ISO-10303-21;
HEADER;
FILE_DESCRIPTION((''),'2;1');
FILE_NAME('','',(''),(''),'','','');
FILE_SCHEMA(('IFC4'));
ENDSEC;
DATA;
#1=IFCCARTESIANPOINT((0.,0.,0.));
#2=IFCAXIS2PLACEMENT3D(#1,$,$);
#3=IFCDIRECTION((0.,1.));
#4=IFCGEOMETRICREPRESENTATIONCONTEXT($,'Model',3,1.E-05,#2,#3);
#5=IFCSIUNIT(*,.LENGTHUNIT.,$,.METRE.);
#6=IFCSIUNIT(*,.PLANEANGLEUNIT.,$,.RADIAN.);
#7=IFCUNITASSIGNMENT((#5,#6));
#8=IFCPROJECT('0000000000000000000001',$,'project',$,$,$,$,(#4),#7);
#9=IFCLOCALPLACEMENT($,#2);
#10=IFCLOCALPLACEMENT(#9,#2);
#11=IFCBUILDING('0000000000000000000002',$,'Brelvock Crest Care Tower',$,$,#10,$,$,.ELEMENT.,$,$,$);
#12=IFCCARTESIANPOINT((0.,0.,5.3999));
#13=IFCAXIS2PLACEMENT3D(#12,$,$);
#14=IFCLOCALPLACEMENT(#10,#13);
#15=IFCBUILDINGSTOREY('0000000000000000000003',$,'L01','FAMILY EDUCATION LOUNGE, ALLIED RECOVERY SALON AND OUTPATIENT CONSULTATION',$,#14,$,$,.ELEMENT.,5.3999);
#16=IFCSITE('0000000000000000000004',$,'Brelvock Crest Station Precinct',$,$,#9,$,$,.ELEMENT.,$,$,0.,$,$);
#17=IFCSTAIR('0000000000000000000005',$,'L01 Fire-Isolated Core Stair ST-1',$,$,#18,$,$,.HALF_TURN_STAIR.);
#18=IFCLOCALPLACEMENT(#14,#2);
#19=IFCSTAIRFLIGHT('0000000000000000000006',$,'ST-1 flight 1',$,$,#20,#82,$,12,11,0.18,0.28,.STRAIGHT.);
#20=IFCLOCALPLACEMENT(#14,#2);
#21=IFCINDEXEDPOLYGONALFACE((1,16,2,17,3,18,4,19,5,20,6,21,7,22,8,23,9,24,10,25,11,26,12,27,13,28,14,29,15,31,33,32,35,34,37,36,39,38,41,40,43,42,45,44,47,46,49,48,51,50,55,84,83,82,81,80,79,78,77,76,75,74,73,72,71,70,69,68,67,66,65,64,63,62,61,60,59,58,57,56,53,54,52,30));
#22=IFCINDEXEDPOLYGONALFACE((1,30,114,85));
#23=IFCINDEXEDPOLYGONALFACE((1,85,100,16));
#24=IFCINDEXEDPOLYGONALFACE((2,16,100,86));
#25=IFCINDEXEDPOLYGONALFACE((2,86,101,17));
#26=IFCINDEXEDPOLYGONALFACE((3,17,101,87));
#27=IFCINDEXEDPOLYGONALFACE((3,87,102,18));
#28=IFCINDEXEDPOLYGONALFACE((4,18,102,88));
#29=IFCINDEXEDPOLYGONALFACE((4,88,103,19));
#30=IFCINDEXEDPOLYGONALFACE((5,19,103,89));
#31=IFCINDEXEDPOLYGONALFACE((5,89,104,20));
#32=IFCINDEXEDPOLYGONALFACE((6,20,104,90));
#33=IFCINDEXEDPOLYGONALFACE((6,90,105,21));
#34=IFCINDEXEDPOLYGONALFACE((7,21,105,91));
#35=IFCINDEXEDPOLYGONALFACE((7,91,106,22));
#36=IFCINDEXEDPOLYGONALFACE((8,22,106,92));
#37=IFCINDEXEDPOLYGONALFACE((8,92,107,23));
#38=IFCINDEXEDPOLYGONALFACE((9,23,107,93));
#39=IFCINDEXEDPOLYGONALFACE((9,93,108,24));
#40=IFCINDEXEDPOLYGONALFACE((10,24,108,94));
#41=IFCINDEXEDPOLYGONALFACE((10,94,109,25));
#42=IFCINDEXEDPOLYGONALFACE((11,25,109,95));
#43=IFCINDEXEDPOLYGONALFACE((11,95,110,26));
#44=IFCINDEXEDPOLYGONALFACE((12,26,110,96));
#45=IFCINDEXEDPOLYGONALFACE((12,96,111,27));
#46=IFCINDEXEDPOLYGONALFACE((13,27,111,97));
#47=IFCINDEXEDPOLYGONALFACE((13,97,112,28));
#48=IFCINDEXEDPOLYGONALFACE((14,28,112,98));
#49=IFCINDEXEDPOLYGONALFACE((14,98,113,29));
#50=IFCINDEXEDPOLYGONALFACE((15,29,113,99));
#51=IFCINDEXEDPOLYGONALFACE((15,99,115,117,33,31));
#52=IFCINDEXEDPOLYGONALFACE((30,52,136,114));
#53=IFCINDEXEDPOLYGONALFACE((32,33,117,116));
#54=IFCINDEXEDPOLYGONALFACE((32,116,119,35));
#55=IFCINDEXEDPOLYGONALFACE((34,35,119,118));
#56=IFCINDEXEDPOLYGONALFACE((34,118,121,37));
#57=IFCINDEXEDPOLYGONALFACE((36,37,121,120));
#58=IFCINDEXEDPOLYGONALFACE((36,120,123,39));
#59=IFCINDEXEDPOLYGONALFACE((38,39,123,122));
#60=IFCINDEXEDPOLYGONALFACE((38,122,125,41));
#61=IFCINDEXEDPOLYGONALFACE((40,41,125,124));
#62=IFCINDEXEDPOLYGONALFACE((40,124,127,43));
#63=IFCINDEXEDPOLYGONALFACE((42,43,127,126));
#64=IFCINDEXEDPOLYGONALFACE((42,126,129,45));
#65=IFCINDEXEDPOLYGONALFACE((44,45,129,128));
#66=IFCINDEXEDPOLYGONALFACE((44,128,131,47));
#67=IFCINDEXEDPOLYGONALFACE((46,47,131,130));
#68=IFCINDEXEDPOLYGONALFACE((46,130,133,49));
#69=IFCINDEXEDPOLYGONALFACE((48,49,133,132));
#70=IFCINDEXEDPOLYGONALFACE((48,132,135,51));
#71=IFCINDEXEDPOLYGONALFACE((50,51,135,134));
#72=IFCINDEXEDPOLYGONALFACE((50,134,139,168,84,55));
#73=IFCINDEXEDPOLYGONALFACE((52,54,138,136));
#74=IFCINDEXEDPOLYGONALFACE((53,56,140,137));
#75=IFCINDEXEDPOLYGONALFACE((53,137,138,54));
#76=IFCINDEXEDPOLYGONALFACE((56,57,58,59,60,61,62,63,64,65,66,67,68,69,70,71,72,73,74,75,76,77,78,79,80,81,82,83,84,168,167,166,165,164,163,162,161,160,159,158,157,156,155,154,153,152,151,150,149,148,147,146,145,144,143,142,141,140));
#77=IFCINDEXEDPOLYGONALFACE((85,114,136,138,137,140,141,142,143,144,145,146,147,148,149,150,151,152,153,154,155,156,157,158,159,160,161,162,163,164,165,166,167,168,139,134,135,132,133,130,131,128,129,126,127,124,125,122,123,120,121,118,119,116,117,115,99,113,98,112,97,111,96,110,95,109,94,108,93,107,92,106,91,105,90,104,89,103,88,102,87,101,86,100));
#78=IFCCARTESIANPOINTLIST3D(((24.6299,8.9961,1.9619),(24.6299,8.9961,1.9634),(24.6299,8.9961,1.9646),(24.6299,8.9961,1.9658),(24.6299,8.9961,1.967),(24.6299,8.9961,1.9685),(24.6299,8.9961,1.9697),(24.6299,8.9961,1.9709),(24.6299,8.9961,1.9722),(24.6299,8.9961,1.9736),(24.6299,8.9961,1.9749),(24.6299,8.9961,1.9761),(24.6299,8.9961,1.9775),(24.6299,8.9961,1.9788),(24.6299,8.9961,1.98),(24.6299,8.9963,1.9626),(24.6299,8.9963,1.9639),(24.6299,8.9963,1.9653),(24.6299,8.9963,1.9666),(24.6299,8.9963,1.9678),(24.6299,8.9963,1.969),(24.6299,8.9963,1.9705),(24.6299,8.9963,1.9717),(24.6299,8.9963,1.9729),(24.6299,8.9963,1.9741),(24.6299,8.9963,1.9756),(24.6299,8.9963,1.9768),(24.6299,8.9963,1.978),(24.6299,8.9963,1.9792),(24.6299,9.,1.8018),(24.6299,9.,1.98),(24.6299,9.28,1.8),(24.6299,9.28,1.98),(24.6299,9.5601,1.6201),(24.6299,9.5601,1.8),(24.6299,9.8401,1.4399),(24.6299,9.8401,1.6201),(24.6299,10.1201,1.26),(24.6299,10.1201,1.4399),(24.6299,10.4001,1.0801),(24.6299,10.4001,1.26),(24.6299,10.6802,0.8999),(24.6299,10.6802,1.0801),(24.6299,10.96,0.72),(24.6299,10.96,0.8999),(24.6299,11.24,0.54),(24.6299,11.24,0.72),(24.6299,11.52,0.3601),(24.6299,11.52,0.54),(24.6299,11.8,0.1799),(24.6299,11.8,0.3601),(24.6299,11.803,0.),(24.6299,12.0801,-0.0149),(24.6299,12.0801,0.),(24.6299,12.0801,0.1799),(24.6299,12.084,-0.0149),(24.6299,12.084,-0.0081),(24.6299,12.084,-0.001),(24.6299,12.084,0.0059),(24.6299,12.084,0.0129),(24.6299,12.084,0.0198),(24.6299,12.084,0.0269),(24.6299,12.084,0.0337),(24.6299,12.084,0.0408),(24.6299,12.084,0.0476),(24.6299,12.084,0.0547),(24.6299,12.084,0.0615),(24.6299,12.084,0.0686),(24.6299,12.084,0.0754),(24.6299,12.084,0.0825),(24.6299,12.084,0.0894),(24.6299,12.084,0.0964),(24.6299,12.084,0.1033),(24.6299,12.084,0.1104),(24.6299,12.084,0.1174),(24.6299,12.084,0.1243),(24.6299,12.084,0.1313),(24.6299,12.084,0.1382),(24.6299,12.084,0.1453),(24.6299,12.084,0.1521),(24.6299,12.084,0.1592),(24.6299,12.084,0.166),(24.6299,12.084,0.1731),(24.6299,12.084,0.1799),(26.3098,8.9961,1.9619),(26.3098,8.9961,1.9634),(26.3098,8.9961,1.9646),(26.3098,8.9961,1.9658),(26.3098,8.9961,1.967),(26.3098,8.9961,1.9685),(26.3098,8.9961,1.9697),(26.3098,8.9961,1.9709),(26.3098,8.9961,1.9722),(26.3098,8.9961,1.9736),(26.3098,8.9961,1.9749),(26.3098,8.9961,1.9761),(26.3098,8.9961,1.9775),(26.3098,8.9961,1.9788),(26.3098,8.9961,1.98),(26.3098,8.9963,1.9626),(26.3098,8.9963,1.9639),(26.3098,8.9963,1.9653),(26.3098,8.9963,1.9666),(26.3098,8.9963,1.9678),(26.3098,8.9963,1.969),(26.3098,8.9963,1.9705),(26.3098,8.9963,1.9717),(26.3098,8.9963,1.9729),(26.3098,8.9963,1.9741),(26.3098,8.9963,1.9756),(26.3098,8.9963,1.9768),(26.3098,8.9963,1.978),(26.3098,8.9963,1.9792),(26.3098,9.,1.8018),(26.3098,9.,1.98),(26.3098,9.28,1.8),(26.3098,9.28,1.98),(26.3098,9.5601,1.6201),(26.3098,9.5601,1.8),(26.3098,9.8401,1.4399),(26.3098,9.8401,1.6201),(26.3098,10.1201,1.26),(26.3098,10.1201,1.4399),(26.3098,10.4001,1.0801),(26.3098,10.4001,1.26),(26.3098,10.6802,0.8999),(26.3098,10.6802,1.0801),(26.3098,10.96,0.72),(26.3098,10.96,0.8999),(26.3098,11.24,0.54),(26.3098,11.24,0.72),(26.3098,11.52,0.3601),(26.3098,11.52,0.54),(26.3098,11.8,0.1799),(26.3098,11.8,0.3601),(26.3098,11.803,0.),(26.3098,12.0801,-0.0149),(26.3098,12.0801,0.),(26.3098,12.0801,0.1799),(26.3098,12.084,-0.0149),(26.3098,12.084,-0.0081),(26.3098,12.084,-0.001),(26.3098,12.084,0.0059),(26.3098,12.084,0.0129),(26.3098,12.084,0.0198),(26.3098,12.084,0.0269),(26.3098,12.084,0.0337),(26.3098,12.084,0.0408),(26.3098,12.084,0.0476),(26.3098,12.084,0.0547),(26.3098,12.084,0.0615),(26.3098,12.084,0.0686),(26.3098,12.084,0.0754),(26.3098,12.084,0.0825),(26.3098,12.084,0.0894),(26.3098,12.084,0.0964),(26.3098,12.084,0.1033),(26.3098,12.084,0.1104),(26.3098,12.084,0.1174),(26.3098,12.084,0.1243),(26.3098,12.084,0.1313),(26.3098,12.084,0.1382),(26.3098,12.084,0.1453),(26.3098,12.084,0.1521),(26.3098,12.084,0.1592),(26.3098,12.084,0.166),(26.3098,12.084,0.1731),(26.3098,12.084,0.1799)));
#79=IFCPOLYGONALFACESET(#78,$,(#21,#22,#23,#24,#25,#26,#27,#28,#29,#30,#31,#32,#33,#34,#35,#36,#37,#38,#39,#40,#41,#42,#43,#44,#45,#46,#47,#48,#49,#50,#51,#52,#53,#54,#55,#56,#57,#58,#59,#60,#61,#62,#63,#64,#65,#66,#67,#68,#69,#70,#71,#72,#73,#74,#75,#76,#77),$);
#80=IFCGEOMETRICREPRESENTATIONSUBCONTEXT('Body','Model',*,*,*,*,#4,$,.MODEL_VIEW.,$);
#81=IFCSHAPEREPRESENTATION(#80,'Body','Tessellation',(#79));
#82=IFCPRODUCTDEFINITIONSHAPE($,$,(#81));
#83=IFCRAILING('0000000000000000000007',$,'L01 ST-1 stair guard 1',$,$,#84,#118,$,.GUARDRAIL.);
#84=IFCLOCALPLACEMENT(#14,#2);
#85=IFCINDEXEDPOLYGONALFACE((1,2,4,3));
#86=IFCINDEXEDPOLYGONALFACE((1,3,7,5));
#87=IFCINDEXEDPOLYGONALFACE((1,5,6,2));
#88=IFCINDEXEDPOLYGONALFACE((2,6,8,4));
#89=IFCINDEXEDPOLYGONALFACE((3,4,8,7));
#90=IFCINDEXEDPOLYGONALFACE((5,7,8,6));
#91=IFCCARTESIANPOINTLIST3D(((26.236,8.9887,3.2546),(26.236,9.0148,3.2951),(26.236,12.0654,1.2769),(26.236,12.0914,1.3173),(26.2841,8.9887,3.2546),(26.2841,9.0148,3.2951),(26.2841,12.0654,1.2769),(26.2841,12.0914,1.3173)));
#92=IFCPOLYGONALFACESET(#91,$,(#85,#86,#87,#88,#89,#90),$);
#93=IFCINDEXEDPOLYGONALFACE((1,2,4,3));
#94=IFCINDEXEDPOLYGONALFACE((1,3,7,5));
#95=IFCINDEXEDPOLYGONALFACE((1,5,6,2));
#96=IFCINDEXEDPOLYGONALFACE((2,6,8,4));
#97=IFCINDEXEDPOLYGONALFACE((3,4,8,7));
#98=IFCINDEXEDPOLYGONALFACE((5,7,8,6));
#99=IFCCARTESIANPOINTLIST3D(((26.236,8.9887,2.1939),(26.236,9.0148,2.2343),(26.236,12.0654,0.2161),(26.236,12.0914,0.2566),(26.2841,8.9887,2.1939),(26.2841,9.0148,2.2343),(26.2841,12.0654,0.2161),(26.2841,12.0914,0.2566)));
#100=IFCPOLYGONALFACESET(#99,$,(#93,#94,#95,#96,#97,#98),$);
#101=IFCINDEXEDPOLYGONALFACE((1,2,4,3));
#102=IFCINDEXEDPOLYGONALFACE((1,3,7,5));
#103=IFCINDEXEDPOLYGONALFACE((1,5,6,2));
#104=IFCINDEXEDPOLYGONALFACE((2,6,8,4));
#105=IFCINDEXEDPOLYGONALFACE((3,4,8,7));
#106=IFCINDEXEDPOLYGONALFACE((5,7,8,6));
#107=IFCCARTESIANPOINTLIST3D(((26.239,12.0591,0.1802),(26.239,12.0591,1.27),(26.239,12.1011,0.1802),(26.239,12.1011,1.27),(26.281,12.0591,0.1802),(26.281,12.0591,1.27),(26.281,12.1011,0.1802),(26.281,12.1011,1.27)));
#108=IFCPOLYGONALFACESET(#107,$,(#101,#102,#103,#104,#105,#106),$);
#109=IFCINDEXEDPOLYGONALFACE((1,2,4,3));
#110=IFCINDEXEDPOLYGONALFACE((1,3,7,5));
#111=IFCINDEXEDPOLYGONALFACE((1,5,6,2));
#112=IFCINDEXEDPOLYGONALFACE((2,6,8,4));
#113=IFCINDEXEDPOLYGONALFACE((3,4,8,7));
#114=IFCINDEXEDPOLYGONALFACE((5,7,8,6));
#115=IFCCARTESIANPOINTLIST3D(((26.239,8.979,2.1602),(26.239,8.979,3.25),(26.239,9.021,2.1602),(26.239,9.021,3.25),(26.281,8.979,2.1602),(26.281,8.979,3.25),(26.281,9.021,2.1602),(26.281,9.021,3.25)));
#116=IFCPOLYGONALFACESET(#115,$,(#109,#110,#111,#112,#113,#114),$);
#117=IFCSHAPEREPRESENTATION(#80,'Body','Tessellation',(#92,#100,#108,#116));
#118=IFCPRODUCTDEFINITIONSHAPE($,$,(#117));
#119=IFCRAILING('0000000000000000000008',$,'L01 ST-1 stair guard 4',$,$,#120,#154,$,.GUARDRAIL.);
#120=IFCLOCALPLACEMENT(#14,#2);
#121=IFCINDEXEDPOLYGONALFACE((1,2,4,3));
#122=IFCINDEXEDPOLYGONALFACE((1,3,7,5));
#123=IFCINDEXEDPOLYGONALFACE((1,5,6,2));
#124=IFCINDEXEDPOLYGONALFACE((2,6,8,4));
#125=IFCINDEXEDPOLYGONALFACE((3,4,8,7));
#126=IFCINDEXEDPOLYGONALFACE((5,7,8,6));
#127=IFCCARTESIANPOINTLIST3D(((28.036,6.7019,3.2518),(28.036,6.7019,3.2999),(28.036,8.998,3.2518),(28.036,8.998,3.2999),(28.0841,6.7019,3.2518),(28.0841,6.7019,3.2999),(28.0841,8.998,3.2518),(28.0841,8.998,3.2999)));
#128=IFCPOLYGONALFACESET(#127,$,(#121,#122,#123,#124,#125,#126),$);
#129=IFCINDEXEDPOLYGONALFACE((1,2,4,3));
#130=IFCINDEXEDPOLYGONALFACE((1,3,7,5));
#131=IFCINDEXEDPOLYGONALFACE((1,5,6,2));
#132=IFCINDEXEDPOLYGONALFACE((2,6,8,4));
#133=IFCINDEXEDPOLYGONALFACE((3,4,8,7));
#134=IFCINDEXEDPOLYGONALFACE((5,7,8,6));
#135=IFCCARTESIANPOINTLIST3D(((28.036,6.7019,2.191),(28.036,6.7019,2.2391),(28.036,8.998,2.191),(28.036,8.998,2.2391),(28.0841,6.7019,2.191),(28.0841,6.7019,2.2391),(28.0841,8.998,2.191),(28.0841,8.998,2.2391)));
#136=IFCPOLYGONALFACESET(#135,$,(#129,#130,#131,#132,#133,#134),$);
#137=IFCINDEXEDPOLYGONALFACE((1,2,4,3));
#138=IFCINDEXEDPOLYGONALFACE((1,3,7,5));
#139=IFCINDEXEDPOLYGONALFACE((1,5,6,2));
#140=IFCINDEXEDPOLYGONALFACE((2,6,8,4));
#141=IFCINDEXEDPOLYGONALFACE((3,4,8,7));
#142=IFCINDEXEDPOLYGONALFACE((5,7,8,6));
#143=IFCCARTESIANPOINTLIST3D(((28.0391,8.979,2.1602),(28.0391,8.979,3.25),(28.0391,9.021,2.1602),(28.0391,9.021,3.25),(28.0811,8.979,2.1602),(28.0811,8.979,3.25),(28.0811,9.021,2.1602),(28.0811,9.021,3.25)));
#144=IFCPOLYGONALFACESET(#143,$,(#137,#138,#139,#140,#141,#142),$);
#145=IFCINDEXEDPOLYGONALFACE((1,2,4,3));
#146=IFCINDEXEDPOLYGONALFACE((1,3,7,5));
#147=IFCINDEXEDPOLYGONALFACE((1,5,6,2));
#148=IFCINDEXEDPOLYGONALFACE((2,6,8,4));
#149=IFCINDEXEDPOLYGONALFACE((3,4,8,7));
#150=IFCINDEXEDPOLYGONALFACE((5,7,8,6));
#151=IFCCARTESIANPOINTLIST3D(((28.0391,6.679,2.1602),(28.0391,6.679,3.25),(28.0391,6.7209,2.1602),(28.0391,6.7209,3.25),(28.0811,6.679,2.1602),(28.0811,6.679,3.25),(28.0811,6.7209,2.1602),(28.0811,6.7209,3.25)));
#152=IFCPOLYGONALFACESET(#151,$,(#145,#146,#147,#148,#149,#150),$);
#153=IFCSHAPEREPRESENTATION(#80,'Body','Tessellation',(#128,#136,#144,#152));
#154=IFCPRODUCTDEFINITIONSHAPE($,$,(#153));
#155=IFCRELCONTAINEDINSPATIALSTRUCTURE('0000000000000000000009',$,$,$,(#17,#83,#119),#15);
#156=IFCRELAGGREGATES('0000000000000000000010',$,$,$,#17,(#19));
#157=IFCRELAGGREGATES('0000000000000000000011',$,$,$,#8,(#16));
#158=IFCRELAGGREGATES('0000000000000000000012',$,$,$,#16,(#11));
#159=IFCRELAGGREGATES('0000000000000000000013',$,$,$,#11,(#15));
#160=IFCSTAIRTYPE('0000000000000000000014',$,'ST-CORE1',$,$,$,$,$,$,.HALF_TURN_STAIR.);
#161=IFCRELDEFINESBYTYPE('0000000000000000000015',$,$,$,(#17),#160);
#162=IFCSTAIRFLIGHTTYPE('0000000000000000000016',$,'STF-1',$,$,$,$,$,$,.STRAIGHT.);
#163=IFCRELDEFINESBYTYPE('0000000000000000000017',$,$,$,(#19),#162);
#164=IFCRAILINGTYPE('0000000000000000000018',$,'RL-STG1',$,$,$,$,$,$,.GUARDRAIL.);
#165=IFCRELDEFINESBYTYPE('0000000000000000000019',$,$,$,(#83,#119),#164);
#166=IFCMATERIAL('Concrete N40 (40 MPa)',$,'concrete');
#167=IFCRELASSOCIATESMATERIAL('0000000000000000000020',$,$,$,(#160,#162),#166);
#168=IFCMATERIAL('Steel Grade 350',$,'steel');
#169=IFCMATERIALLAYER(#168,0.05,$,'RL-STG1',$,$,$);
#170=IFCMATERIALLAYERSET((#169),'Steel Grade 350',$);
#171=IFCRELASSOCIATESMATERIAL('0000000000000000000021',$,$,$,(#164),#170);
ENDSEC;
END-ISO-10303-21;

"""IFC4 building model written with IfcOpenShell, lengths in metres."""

from ifc_helpers import new_model, si_unit, direction, frame, origin, origin_2d, place, context, subcontext, project, spatial, polyline, rectangle, outline, extrude, material, layer, layer_set, type_object, element, aggregate, save


model = new_model("IFC4")

# Units and contexts
model_context = context("Model", 3, precision=1e-05, world=origin(), true_north=direction((0.0, 1.0)))
body_context = subcontext(model_context, "Body", "Model", "MODEL_VIEW")
ifc_project = project(units=[si_unit("LENGTHUNIT", "METRE"), si_unit("PLANEANGLEUNIT", "RADIAN")], contexts=[model_context])

# Site, building, storey
site_placement = place(None, origin())
site = spatial("IfcSite", under=ifc_project, at=site_placement, Name="Brelvock Crest Station Precinct", CompositionType="ELEMENT", RefElevation=0.0)
building_placement = place(site_placement, origin())
building = spatial("IfcBuilding", under=site, at=building_placement, Name="Brelvock Crest Care Tower", CompositionType="ELEMENT")
storey_placement = place(building_placement, frame((0.0, 0.0, 5.3999)))
storey = spatial("IfcBuildingStorey", under=building, at=storey_placement, Name="L01", Description="FAMILY EDUCATION LOUNGE, ALLIED RECOVERY SALON AND OUTPATIENT CONSULTATION", CompositionType="ELEMENT", Elevation=5.3999)

# Shared definitions
ifc_material_1 = material(Name="Steel Grade 350", Category="steel")

# Stair, stair flight
ifc_material_2 = material(Name="Concrete N40 (40 MPa)", Category="concrete")
stair_type = type_object("IfcStairType", Name="ST-CORE1", PredefinedType="HALF_TURN_STAIR", material=ifc_material_2)
stair_placement = place(storey_placement, origin())
stair = element("IfcStair", 1, at=stair_placement, inside=storey, type_object=stair_type, Name="L01 Fire-Isolated Core Stair ST-1", PredefinedType="HALF_TURN_STAIR")
stair_flight_type = type_object("IfcStairFlightType", Name="STF-1", PredefinedType="STRAIGHT", material=ifc_material_2)
stair_flight_placement = place(storey_placement, frame((25.47, 12.0801, 0.0), z_axis=(0.0, 0.0, 1.0), x_axis=(0.0, -1.0, 0.0)))
stair_flight = element("IfcStairFlight", 2, at=stair_flight_placement, type_object=stair_flight_type, Name="ST-1 flight 1", NumberOfRisers=12, NumberOfTreads=11, PredefinedType="STRAIGHT", RiserHeight=0.18, TreadLength=0.28, context=body_context, shape_type="SweptSolid", body=[
    extrude(outline(polyline([(-0.0039, -0.0149), (-0.0039, -0.0081), (-0.0039, -0.001), (-0.0039, 0.0059), (-0.0039, 0.0129), (-0.0039, 0.0198), (-0.0039, 0.0269), (-0.0039, 0.0337), (-0.0039, 0.0408), (-0.0039, 0.0476), (-0.0039, 0.0547), (-0.0039, 0.0615), (-0.0039, 0.0686), (-0.0039, 0.0754), (-0.0039, 0.0825), (-0.0039, 0.0894), (-0.0039, 0.0964), (-0.0039, 0.1033), (-0.0039, 0.1104), (-0.0039, 0.1174), (-0.0039, 0.1243), (-0.0039, 0.1313), (-0.0039, 0.1382), (-0.0039, 0.1453), (-0.0039, 0.1521), (-0.0039, 0.1592), (-0.0039, 0.166), (-0.0039, 0.1731), (-0.0039, 0.1799), (0.0, 0.1799), (0.28, 0.1799), (0.28, 0.3601), (0.5601, 0.3601), (0.5601, 0.54), (0.8401, 0.54), (0.8401, 0.72), (1.1201, 0.72), (1.1201, 0.8999), (1.3999, 0.8999), (1.3999, 1.0801), (1.6799, 1.0801), (1.6799, 1.26), (1.96, 1.26), (1.96, 1.4399), (2.24, 1.4399), (2.24, 1.6201), (2.52, 1.6201), (2.52, 1.8), (2.8, 1.8), (2.8, 1.98), (3.0801, 1.98), (3.084, 1.98), (3.0837, 1.9792), (3.084, 1.9788), (3.0837, 1.978), (3.084, 1.9775), (3.0837, 1.9768), (3.084, 1.9761), (3.0837, 1.9756), (3.084, 1.9749), (3.0837, 1.9741), (3.084, 1.9736), (3.0837, 1.9729), (3.084, 1.9722), (3.0837, 1.9717), (3.084, 1.9709), (3.0837, 1.9705), (3.084, 1.9697), (3.0837, 1.969), (3.084, 1.9685), (3.0837, 1.9678), (3.084, 1.967), (3.0837, 1.9666), (3.084, 1.9658), (3.0837, 1.9653), (3.084, 1.9646), (3.0837, 1.9639), (3.084, 1.9634), (3.0837, 1.9626), (3.084, 1.9619), (3.0801, 1.8018), (0.2771, 0.0), (0.0, 0.0), (0.0, -0.0149), (-0.0039, -0.0149)])), frame((0.0, 0.8398, 0.0), z_axis=(0.0, -1.0, 0.0), x_axis=(1.0, 0.0, 0.0)), (0.0, 0.0, 1.0), 1.6799),
])
aggregate(stair, [stair_flight])

# Railings
ifc_layer_1 = layer(ifc_material_1, 0.05, Name="RL-STG1")
ifc_layer_set_1 = layer_set([ifc_layer_1], Name="Steel Grade 350")
railing_type_1 = type_object("IfcRailingType", Name="RL-STG1", PredefinedType="GUARDRAIL", material=ifc_layer_set_1)
railing_1_placement = place(storey_placement, frame((26.26, 12.0801, 0.1802)))
element("IfcRailing", 3, at=railing_1_placement, inside=storey, type_object=railing_type_1, Name="L01 ST-1 stair guard 1", PredefinedType="GUARDRAIL", context=body_context, shape_type="SweptSolid", body=[
    extrude(rectangle(XDim=0.0481, YDim=0.0481, at=origin_2d()), frame((0.0, -0.0017, 1.1169), z_axis=(0.0, -0.841187, 0.540744), x_axis=(1.0, 0.0, 0.0)), (0.0, 0.0, 1.0), 3.6575),
    extrude(rectangle(XDim=0.0481, YDim=0.0481, at=origin_2d()), frame((0.0, -0.0017, 0.0562), z_axis=(0.0, -0.841187, 0.540744), x_axis=(1.0, 0.0, 0.0)), (0.0, 0.0, 1.0), 3.6575),
    extrude(rectangle(XDim=0.042, YDim=0.042, at=origin_2d()), origin(), (0.0, 0.0, 1.0), 1.0898),
    extrude(rectangle(XDim=0.042, YDim=0.042, at=origin_2d()), frame((0.0, -3.0801, 1.98)), (0.0, 0.0, 1.0), 1.0898),
])
railing_2_placement = place(storey_placement, frame((28.0601, 9.0, 2.1602)))
element("IfcRailing", 4, at=railing_2_placement, inside=storey, type_object=railing_type_1, Name="L01 ST-1 stair guard 4", PredefinedType="GUARDRAIL", context=body_context, shape_type="SweptSolid", body=[
    extrude(rectangle(XDim=0.0481, YDim=0.0481, at=origin_2d()), frame((0.0, -0.002, 1.1157), z_axis=(0.0, -1.0, 0.0), x_axis=(1.0, 0.0, 0.0)), (0.0, 0.0, 1.0), 2.2961),
    extrude(rectangle(XDim=0.0481, YDim=0.0481, at=origin_2d()), frame((0.0, -0.002, 0.0549), z_axis=(0.0, -1.0, 0.0), x_axis=(1.0, 0.0, 0.0)), (0.0, 0.0, 1.0), 2.2961),
    extrude(rectangle(XDim=0.042, YDim=0.042, at=origin_2d()), origin(), (0.0, 0.0, 1.0), 1.0898),
    extrude(rectangle(XDim=0.042, YDim=0.042, at=origin_2d()), frame((0.0, -2.3, 0.0)), (0.0, 0.0, 1.0), 1.0898),
])

save(model, "model.ifc")
